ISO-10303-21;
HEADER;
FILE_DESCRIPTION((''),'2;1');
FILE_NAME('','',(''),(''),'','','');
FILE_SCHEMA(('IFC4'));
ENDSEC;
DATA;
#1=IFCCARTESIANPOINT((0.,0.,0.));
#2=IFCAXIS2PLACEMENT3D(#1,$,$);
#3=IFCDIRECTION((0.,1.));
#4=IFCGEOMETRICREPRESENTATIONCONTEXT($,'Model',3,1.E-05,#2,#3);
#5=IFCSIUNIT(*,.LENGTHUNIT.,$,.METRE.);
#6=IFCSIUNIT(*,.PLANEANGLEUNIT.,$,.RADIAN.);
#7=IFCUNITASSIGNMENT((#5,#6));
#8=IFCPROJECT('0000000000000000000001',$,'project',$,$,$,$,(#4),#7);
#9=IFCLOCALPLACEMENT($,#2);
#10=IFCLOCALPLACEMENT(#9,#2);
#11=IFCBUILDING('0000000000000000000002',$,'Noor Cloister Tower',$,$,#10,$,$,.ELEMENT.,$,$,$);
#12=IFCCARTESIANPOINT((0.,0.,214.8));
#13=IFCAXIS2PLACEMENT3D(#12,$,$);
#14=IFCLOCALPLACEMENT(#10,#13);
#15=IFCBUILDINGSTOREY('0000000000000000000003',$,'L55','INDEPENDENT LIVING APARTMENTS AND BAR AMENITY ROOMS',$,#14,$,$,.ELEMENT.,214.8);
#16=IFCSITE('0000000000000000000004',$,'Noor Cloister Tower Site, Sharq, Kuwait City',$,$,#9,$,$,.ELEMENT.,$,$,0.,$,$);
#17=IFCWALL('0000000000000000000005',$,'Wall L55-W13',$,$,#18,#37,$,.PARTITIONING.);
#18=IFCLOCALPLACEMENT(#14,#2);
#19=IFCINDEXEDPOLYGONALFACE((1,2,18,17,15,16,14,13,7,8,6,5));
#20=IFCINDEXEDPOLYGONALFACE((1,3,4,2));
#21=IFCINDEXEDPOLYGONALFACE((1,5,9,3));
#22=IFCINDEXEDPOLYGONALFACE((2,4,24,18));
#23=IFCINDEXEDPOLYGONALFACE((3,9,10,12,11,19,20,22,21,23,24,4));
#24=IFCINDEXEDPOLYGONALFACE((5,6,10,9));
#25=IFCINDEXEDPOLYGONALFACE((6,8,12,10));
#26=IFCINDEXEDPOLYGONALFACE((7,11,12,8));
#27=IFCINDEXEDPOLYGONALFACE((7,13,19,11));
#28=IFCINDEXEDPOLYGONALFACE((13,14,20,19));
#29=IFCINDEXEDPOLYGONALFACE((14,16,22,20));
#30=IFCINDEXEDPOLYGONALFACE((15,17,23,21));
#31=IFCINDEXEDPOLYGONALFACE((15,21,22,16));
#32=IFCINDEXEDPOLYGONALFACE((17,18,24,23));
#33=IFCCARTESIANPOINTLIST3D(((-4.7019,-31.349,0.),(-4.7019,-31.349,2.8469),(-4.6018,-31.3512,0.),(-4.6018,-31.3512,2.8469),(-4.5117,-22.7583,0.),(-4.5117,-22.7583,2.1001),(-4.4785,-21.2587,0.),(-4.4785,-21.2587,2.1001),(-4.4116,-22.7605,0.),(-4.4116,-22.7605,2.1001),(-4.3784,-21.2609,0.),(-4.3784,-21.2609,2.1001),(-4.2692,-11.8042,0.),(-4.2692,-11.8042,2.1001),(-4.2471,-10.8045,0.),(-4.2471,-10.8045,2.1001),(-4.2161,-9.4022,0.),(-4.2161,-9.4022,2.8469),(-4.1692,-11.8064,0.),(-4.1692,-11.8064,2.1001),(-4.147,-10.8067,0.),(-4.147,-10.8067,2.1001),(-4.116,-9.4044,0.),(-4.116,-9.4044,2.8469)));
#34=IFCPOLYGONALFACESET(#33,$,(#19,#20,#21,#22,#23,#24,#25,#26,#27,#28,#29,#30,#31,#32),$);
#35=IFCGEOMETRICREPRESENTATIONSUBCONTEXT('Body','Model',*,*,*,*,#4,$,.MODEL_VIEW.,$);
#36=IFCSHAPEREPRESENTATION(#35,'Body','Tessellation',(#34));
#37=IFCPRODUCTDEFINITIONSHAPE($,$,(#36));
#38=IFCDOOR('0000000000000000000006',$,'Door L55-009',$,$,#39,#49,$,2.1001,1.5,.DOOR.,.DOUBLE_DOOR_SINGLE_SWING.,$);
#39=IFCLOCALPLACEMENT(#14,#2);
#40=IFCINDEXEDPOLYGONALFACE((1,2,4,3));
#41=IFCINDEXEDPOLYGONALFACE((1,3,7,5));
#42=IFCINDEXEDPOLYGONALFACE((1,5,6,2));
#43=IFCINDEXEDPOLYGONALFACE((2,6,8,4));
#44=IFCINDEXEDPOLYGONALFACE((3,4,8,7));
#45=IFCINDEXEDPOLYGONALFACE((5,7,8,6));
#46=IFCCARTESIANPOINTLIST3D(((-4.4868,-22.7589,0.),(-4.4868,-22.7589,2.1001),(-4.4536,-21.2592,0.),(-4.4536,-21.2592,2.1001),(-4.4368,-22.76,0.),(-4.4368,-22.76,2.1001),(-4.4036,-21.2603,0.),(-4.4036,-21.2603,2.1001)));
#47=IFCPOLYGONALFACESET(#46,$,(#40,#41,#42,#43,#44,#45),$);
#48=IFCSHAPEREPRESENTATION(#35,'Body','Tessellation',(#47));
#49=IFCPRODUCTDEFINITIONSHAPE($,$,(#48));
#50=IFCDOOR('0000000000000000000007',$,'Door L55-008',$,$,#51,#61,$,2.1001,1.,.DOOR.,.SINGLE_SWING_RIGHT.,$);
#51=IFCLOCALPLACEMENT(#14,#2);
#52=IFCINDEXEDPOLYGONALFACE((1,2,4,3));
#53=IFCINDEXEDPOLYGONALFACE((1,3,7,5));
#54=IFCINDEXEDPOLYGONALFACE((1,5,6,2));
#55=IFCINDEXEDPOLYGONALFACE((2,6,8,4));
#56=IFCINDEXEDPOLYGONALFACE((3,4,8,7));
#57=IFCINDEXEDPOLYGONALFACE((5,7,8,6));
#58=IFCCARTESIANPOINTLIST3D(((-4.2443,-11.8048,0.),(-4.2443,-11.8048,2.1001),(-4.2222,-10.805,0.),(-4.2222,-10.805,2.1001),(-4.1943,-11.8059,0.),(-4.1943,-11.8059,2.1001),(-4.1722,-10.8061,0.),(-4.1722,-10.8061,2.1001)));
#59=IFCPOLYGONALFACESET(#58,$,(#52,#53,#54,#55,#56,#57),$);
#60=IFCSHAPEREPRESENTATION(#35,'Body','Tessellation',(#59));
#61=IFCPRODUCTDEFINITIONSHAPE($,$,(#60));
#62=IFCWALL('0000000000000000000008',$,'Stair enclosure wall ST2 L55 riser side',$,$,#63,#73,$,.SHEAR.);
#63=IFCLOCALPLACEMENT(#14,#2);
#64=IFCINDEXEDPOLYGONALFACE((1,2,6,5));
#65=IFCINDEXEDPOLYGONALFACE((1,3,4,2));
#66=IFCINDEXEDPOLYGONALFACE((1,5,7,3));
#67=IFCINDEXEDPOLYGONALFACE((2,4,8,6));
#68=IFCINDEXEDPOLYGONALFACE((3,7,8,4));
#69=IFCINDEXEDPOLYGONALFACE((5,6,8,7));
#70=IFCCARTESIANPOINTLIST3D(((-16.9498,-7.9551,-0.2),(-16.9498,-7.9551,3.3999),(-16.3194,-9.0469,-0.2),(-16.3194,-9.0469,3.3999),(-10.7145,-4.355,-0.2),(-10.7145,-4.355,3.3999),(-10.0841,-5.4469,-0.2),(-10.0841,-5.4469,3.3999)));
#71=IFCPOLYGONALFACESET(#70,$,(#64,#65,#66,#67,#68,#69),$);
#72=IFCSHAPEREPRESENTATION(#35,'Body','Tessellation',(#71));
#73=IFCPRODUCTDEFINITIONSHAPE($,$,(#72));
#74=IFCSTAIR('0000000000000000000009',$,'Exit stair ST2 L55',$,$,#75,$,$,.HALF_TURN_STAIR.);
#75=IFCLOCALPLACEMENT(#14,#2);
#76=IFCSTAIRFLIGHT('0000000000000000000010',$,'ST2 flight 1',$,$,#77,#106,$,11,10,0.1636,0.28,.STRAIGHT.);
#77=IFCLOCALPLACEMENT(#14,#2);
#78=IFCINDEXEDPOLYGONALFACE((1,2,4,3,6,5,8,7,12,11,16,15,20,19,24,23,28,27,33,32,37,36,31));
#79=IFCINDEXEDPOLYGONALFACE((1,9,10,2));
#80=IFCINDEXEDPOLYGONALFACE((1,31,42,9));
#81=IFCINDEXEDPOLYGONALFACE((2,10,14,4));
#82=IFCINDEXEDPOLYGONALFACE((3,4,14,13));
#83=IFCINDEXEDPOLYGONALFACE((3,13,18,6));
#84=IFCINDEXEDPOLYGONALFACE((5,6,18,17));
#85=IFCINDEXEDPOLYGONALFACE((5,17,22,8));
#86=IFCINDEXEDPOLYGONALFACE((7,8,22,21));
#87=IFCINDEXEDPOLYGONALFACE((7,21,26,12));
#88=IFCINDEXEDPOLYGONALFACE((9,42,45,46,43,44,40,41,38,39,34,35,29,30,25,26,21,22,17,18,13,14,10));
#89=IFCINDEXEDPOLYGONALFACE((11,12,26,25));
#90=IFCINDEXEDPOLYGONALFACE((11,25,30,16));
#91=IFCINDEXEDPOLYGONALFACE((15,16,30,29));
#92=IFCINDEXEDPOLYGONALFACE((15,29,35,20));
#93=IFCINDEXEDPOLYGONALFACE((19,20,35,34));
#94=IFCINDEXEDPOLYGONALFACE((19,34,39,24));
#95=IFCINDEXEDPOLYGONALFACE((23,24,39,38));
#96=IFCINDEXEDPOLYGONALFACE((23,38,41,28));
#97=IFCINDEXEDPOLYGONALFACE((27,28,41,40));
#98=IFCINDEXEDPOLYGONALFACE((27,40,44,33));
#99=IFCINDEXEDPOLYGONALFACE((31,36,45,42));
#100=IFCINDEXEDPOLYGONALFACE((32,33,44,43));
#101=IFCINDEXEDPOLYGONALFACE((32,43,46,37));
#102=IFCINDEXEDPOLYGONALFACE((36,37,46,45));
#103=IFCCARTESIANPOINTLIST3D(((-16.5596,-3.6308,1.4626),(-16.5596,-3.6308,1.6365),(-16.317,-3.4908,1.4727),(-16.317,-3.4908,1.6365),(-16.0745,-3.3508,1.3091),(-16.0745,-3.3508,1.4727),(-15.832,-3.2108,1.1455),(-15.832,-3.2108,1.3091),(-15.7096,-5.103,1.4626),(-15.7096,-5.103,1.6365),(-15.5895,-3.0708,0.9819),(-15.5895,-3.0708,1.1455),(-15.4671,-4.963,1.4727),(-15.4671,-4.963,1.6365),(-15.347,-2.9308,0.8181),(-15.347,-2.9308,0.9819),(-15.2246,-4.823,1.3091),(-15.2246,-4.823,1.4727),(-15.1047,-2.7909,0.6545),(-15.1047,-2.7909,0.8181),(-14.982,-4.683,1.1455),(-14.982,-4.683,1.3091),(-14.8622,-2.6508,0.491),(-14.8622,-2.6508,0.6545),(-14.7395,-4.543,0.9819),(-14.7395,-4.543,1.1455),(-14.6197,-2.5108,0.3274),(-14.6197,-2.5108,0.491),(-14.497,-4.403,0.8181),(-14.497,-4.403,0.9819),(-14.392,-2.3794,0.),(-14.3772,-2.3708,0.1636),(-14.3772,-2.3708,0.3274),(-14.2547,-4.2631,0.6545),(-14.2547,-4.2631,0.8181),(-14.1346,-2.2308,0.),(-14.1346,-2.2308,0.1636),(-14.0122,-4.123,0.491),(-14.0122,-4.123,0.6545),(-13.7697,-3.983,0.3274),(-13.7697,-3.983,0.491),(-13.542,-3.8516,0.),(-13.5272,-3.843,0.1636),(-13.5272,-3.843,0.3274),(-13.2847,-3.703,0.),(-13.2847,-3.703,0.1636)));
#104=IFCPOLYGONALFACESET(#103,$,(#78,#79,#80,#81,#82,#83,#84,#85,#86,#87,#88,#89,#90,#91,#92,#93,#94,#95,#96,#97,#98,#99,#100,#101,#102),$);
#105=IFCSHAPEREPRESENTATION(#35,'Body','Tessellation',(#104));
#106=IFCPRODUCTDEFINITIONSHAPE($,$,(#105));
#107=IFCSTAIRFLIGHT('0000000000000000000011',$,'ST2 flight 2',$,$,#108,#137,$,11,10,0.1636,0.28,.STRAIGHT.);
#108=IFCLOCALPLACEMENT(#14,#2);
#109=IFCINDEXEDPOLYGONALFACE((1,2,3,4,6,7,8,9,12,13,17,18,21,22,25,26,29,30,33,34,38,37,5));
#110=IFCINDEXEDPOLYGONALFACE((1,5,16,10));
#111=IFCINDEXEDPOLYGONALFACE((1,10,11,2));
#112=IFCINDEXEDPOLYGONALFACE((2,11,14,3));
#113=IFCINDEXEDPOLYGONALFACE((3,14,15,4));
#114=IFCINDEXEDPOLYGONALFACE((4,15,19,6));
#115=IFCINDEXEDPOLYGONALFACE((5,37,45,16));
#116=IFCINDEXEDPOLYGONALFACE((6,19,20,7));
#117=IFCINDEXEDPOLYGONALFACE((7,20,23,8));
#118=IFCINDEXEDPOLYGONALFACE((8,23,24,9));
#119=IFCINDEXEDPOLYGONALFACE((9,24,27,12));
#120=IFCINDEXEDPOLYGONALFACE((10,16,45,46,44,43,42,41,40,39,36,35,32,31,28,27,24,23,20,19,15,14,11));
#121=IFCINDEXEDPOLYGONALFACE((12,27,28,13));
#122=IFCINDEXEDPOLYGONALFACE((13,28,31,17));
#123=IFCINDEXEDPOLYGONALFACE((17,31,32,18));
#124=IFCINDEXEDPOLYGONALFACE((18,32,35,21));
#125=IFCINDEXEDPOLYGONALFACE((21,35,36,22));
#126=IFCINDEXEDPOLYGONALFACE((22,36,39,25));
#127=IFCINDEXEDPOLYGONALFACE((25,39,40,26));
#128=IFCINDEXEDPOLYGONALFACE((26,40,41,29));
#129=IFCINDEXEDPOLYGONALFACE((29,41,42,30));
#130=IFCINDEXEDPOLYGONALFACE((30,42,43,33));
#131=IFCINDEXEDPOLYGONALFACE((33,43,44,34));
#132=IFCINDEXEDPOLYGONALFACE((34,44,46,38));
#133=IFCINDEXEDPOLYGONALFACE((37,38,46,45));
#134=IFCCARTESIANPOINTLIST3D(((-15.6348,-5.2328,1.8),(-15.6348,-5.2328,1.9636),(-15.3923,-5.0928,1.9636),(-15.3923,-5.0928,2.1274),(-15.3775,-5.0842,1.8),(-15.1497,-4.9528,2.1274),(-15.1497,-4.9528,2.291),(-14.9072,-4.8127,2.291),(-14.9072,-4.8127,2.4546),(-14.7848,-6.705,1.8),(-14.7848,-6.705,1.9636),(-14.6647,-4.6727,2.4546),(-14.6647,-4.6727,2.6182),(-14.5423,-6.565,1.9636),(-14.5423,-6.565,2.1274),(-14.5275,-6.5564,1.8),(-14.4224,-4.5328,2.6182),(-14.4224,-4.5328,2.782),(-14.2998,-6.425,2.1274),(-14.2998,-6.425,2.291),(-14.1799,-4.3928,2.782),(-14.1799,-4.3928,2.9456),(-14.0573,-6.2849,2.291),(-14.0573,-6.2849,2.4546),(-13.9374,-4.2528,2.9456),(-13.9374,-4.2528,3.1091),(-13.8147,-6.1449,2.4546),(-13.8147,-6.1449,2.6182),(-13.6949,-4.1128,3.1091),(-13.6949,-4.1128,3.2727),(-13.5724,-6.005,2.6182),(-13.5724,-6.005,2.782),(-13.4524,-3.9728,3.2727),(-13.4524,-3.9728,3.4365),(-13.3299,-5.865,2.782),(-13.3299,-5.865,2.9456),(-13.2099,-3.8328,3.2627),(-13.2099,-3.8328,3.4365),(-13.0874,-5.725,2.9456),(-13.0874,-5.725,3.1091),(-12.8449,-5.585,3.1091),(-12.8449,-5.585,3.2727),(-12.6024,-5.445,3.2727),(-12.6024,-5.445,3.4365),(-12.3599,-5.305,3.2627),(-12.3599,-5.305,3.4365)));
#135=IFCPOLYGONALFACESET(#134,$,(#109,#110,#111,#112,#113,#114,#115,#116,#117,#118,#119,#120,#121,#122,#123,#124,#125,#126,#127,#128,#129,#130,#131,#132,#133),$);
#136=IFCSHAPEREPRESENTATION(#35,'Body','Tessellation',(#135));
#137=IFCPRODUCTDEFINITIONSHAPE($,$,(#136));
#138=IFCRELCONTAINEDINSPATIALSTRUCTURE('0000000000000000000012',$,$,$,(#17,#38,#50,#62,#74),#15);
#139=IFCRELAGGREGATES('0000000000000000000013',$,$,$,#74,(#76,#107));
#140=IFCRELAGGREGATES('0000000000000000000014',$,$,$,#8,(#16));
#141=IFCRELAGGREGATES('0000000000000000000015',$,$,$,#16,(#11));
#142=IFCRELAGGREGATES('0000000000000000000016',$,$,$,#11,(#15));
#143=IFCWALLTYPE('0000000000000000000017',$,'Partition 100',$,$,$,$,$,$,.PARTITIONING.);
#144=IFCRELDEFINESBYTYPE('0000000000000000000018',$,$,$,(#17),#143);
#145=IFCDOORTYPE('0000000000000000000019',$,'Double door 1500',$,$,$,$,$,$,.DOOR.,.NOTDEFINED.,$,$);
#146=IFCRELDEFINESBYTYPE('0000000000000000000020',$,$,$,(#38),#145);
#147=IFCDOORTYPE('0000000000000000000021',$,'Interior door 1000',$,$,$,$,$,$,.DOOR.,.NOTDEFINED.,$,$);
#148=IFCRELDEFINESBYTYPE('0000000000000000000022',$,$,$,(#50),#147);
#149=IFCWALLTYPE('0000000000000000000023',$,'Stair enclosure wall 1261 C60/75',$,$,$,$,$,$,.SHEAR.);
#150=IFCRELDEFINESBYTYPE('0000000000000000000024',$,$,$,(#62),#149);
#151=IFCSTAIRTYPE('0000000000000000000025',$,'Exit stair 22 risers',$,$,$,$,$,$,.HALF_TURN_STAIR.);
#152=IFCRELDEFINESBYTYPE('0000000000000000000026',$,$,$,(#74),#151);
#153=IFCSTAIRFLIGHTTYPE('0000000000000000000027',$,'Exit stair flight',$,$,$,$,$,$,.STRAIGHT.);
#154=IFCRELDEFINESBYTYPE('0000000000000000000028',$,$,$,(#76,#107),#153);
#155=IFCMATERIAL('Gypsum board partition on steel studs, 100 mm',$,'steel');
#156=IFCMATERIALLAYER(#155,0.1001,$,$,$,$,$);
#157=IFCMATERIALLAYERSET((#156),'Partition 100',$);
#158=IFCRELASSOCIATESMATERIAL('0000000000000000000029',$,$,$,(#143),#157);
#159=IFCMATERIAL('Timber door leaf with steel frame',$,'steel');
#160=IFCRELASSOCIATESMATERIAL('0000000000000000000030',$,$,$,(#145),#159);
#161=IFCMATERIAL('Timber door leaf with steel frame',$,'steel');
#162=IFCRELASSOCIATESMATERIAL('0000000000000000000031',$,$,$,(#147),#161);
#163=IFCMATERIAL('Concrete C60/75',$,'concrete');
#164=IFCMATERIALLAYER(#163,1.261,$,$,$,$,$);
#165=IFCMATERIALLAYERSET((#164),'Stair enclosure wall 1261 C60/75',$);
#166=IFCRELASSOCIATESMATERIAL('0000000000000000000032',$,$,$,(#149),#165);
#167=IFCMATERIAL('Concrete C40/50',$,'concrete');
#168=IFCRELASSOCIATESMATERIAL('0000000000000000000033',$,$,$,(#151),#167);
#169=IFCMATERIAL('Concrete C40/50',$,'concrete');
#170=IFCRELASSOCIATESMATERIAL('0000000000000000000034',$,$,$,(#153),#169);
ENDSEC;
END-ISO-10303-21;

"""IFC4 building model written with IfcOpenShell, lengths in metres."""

from ifc_helpers import new_model, si_unit, direction, frame, frame_2d, origin, place, context, subcontext, project, spatial, polyline, rectangle, outline, extrude, material, layer, layer_set, type_object, element, fill, aggregate, save


model = new_model("IFC4")

# Units and contexts
model_context = context("Model", 3, precision=1e-05, world=origin(), true_north=direction((0.0, 1.0)))
body_context = subcontext(model_context, "Body", "Model", "MODEL_VIEW")
ifc_project = project(units=[si_unit("LENGTHUNIT", "METRE"), si_unit("PLANEANGLEUNIT", "RADIAN")], contexts=[model_context])

# Site, building, storey
site_placement = place(None, origin())
site = spatial("IfcSite", under=ifc_project, at=site_placement, Name="Noor Cloister Tower Site, Sharq, Kuwait City", CompositionType="ELEMENT", RefElevation=0.0)
building_placement = place(site_placement, origin())
building = spatial("IfcBuilding", under=site, at=building_placement, Name="Noor Cloister Tower", CompositionType="ELEMENT")
storey_placement = place(building_placement, frame((0.0, 0.0, 214.8)))
storey = spatial("IfcBuildingStorey", under=building, at=storey_placement, Name="L55", Description="INDEPENDENT LIVING APARTMENTS AND BAR AMENITY ROOMS", CompositionType="ELEMENT", Elevation=214.8)

# Wall, openings, doors
ifc_material_1 = material(Name="Gypsum board partition on steel studs, 100 mm", Category="steel")
ifc_layer_1 = layer(ifc_material_1, 0.1001)
ifc_layer_set_1 = layer_set([ifc_layer_1], Name="Partition 100")
wall_type_1 = type_object("IfcWallType", Name="Partition 100", PredefinedType="PARTITIONING", material=ifc_layer_set_1)
wall_1_placement = place(storey_placement, frame((-4.166, -9.4033, 0.0), z_axis=(0.0, 0.0, 1.0), x_axis=(-0.022132, -0.999755, 0.0)))
wall_1 = element("IfcWall", 1, at=wall_1_placement, inside=storey, type_object=wall_type_1, Name="Wall L55-W13", PredefinedType="PARTITIONING", context=body_context, shape_type="SweptSolid", body=[
    extrude(rectangle(XDim=21.9521, YDim=0.1001, at=frame_2d((10.9761, 0.0))), origin(), (0.0, 0.0, 1.0), 2.8469),
])
opening_1_placement = place(wall_1_placement, frame((1.4026, 0.0, 0.0)))
opening_1 = element("IfcOpeningElement", 2, at=opening_1_placement, cuts=wall_1, PredefinedType="OPENING", context=body_context, shape_type="SweptSolid", body=[
    extrude(rectangle(XDim=1.0, YDim=2.1001, at=frame_2d((0.5, 1.05))), frame((0.0, 0.0601, 0.0), z_axis=(0.0, -1.0, 0.0), x_axis=(1.0, 0.0, 0.0)), (0.0, 0.0, 1.0), 0.1201),
])
opening_2_placement = place(wall_1_placement, frame((11.8594, 0.0, 0.0)))
opening_2 = element("IfcOpeningElement", 3, at=opening_2_placement, cuts=wall_1, PredefinedType="OPENING", context=body_context, shape_type="SweptSolid", body=[
    extrude(rectangle(XDim=1.5, YDim=2.1001, at=frame_2d((0.75, 1.05))), frame((0.0, 0.0601, 0.0), z_axis=(0.0, -1.0, 0.0), x_axis=(1.0, 0.0, 0.0)), (0.0, 0.0, 1.0), 0.1201),
])
ifc_material_2 = material(Name="Timber door leaf with steel frame", Category="steel")
door_type_1 = type_object("IfcDoorType", Name="Double door 1500", OperationType="NOTDEFINED", PredefinedType="DOOR", material=ifc_material_2)
door_1_placement = place(opening_2_placement, origin())
door_1 = element("IfcDoor", 4, at=door_1_placement, inside=storey, type_object=door_type_1, Name="Door L55-009", OperationType="DOUBLE_DOOR_SINGLE_SWING", OverallHeight=2.1001, OverallWidth=1.5, PredefinedType="DOOR", context=body_context, shape_type="SweptSolid", body=[
    extrude(rectangle(XDim=1.5, YDim=2.1001, at=frame_2d((0.75, 1.05))), frame((0.0, 0.0249, 0.0), z_axis=(0.0, -1.0, 0.0), x_axis=(1.0, 0.0, 0.0)), (0.0, 0.0, 1.0), 0.05),
])
fill(opening_2, door_1)
ifc_material_3 = material(Name="Timber door leaf with steel frame", Category="steel")
door_type_2 = type_object("IfcDoorType", Name="Interior door 1000", OperationType="NOTDEFINED", PredefinedType="DOOR", material=ifc_material_3)
door_2_placement = place(opening_1_placement, origin())
door_2 = element("IfcDoor", 5, at=door_2_placement, inside=storey, type_object=door_type_2, Name="Door L55-008", OperationType="SINGLE_SWING_RIGHT", OverallHeight=2.1001, OverallWidth=1.0, PredefinedType="DOOR", context=body_context, shape_type="SweptSolid", body=[
    extrude(rectangle(XDim=1.0, YDim=2.1001, at=frame_2d((0.5, 1.05))), frame((0.0, 0.0249, 0.0), z_axis=(0.0, -1.0, 0.0), x_axis=(1.0, 0.0, 0.0)), (0.0, 0.0, 1.0), 0.05),
])
fill(opening_1, door_2)

# Wall
ifc_material_4 = material(Name="Concrete C60/75", Category="concrete")
ifc_layer_2 = layer(ifc_material_4, 1.261)
ifc_layer_set_2 = layer_set([ifc_layer_2], Name="Stair enclosure wall 1261 C60/75")
wall_type_2 = type_object("IfcWallType", Name="Stair enclosure wall 1261 C60/75", PredefinedType="SHEAR", material=ifc_layer_set_2)
wall_2_placement = place(storey_placement, frame((-10.3992, -4.9009, -0.2), z_axis=(0.0, 0.0, 1.0), x_axis=(-0.866018, -0.500012, 0.0)))
element("IfcWall", 6, at=wall_2_placement, inside=storey, type_object=wall_type_2, Name="Stair enclosure wall ST2 L55 riser side", PredefinedType="SHEAR", context=body_context, shape_type="SweptSolid", body=[
    extrude(rectangle(XDim=7.2, YDim=1.2607, at=frame_2d((3.6001, 0.0))), origin(), (0.0, 0.0, 1.0), 3.5999),
])

# Stair, stair flights
ifc_material_5 = material(Name="Concrete C40/50", Category="concrete")
stair_type = type_object("IfcStairType", Name="Exit stair 22 risers", PredefinedType="HALF_TURN_STAIR", material=ifc_material_5)
stair_placement = place(storey_placement, origin())
stair = element("IfcStair", 7, at=stair_placement, inside=storey, type_object=stair_type, Name="Exit stair ST2 L55", PredefinedType="HALF_TURN_STAIR")
ifc_material_6 = material(Name="Concrete C40/50", Category="concrete")
stair_flight_type = type_object("IfcStairFlightType", Name="Exit stair flight", PredefinedType="STRAIGHT", material=ifc_material_6)
stair_flight_1_placement = place(storey_placement, frame((-13.7097, -2.9668, 0.0), z_axis=(0.0, 0.0, 1.0), x_axis=(-0.866025, -0.5, 0.0)))
stair_flight_1 = element("IfcStairFlight", 8, at=stair_flight_1_placement, type_object=stair_flight_type, Name="ST2 flight 1", NumberOfRisers=11, NumberOfTreads=10, PredefinedType="STRAIGHT", RiserHeight=0.1636, TreadLength=0.28, context=body_context, shape_type="SweptSolid", body=[
    extrude(outline(polyline([(0.0, 0.0), (0.0, 0.1636), (0.28, 0.1636), (0.28, 0.3274), (0.5601, 0.3274), (0.5601, 0.491), (0.8401, 0.491), (0.8401, 0.6545), (1.1201, 0.6545), (1.1201, 0.8181), (1.3999, 0.8181), (1.3999, 0.9819), (1.6799, 0.9819), (1.6799, 1.1455), (1.96, 1.1455), (1.96, 1.3091), (2.24, 1.3091), (2.24, 1.4727), (2.52, 1.4727), (2.52, 1.6365), (2.8, 1.6365), (2.8, 1.8), (2.8, 1.4626), (0.2971, 0.0), (0.0, 0.0)])), frame((0.0, 0.8501, 0.0), z_axis=(0.0, -1.0, 0.0), x_axis=(1.0, 0.0, 0.0)), (0.0, 0.0, 1.0), 1.7),
])
stair_flight_2_placement = place(storey_placement, frame((-15.2097, -5.969, 1.8), z_axis=(0.0, 0.0, 1.0), x_axis=(0.866025, 0.5, 0.0)))
stair_flight_2 = element("IfcStairFlight", 9, at=stair_flight_2_placement, type_object=stair_flight_type, Name="ST2 flight 2", NumberOfRisers=11, NumberOfTreads=10, PredefinedType="STRAIGHT", RiserHeight=0.1636, TreadLength=0.28, context=body_context, shape_type="SweptSolid", body=[
    extrude(outline(polyline([(0.0, 0.0), (0.0, 0.1636), (0.28, 0.1636), (0.28, 0.3274), (0.5601, 0.3274), (0.5601, 0.491), (0.8401, 0.491), (0.8401, 0.6545), (1.1201, 0.6545), (1.1201, 0.8181), (1.3999, 0.8181), (1.3999, 0.9819), (1.6799, 0.9819), (1.6799, 1.1455), (1.96, 1.1455), (1.96, 1.3091), (2.24, 1.3091), (2.24, 1.4727), (2.52, 1.4727), (2.52, 1.6365), (2.8, 1.6365), (2.8, 1.8), (2.8, 1.4626), (0.2971, 0.0), (0.0, 0.0)])), frame((0.0, 0.8501, 0.0), z_axis=(0.0, -1.0, 0.0), x_axis=(1.0, 0.0, 0.0)), (0.0, 0.0, 1.0), 1.7),
])
aggregate(stair, [stair_flight_1, stair_flight_2])

save(model, "model.ifc")
